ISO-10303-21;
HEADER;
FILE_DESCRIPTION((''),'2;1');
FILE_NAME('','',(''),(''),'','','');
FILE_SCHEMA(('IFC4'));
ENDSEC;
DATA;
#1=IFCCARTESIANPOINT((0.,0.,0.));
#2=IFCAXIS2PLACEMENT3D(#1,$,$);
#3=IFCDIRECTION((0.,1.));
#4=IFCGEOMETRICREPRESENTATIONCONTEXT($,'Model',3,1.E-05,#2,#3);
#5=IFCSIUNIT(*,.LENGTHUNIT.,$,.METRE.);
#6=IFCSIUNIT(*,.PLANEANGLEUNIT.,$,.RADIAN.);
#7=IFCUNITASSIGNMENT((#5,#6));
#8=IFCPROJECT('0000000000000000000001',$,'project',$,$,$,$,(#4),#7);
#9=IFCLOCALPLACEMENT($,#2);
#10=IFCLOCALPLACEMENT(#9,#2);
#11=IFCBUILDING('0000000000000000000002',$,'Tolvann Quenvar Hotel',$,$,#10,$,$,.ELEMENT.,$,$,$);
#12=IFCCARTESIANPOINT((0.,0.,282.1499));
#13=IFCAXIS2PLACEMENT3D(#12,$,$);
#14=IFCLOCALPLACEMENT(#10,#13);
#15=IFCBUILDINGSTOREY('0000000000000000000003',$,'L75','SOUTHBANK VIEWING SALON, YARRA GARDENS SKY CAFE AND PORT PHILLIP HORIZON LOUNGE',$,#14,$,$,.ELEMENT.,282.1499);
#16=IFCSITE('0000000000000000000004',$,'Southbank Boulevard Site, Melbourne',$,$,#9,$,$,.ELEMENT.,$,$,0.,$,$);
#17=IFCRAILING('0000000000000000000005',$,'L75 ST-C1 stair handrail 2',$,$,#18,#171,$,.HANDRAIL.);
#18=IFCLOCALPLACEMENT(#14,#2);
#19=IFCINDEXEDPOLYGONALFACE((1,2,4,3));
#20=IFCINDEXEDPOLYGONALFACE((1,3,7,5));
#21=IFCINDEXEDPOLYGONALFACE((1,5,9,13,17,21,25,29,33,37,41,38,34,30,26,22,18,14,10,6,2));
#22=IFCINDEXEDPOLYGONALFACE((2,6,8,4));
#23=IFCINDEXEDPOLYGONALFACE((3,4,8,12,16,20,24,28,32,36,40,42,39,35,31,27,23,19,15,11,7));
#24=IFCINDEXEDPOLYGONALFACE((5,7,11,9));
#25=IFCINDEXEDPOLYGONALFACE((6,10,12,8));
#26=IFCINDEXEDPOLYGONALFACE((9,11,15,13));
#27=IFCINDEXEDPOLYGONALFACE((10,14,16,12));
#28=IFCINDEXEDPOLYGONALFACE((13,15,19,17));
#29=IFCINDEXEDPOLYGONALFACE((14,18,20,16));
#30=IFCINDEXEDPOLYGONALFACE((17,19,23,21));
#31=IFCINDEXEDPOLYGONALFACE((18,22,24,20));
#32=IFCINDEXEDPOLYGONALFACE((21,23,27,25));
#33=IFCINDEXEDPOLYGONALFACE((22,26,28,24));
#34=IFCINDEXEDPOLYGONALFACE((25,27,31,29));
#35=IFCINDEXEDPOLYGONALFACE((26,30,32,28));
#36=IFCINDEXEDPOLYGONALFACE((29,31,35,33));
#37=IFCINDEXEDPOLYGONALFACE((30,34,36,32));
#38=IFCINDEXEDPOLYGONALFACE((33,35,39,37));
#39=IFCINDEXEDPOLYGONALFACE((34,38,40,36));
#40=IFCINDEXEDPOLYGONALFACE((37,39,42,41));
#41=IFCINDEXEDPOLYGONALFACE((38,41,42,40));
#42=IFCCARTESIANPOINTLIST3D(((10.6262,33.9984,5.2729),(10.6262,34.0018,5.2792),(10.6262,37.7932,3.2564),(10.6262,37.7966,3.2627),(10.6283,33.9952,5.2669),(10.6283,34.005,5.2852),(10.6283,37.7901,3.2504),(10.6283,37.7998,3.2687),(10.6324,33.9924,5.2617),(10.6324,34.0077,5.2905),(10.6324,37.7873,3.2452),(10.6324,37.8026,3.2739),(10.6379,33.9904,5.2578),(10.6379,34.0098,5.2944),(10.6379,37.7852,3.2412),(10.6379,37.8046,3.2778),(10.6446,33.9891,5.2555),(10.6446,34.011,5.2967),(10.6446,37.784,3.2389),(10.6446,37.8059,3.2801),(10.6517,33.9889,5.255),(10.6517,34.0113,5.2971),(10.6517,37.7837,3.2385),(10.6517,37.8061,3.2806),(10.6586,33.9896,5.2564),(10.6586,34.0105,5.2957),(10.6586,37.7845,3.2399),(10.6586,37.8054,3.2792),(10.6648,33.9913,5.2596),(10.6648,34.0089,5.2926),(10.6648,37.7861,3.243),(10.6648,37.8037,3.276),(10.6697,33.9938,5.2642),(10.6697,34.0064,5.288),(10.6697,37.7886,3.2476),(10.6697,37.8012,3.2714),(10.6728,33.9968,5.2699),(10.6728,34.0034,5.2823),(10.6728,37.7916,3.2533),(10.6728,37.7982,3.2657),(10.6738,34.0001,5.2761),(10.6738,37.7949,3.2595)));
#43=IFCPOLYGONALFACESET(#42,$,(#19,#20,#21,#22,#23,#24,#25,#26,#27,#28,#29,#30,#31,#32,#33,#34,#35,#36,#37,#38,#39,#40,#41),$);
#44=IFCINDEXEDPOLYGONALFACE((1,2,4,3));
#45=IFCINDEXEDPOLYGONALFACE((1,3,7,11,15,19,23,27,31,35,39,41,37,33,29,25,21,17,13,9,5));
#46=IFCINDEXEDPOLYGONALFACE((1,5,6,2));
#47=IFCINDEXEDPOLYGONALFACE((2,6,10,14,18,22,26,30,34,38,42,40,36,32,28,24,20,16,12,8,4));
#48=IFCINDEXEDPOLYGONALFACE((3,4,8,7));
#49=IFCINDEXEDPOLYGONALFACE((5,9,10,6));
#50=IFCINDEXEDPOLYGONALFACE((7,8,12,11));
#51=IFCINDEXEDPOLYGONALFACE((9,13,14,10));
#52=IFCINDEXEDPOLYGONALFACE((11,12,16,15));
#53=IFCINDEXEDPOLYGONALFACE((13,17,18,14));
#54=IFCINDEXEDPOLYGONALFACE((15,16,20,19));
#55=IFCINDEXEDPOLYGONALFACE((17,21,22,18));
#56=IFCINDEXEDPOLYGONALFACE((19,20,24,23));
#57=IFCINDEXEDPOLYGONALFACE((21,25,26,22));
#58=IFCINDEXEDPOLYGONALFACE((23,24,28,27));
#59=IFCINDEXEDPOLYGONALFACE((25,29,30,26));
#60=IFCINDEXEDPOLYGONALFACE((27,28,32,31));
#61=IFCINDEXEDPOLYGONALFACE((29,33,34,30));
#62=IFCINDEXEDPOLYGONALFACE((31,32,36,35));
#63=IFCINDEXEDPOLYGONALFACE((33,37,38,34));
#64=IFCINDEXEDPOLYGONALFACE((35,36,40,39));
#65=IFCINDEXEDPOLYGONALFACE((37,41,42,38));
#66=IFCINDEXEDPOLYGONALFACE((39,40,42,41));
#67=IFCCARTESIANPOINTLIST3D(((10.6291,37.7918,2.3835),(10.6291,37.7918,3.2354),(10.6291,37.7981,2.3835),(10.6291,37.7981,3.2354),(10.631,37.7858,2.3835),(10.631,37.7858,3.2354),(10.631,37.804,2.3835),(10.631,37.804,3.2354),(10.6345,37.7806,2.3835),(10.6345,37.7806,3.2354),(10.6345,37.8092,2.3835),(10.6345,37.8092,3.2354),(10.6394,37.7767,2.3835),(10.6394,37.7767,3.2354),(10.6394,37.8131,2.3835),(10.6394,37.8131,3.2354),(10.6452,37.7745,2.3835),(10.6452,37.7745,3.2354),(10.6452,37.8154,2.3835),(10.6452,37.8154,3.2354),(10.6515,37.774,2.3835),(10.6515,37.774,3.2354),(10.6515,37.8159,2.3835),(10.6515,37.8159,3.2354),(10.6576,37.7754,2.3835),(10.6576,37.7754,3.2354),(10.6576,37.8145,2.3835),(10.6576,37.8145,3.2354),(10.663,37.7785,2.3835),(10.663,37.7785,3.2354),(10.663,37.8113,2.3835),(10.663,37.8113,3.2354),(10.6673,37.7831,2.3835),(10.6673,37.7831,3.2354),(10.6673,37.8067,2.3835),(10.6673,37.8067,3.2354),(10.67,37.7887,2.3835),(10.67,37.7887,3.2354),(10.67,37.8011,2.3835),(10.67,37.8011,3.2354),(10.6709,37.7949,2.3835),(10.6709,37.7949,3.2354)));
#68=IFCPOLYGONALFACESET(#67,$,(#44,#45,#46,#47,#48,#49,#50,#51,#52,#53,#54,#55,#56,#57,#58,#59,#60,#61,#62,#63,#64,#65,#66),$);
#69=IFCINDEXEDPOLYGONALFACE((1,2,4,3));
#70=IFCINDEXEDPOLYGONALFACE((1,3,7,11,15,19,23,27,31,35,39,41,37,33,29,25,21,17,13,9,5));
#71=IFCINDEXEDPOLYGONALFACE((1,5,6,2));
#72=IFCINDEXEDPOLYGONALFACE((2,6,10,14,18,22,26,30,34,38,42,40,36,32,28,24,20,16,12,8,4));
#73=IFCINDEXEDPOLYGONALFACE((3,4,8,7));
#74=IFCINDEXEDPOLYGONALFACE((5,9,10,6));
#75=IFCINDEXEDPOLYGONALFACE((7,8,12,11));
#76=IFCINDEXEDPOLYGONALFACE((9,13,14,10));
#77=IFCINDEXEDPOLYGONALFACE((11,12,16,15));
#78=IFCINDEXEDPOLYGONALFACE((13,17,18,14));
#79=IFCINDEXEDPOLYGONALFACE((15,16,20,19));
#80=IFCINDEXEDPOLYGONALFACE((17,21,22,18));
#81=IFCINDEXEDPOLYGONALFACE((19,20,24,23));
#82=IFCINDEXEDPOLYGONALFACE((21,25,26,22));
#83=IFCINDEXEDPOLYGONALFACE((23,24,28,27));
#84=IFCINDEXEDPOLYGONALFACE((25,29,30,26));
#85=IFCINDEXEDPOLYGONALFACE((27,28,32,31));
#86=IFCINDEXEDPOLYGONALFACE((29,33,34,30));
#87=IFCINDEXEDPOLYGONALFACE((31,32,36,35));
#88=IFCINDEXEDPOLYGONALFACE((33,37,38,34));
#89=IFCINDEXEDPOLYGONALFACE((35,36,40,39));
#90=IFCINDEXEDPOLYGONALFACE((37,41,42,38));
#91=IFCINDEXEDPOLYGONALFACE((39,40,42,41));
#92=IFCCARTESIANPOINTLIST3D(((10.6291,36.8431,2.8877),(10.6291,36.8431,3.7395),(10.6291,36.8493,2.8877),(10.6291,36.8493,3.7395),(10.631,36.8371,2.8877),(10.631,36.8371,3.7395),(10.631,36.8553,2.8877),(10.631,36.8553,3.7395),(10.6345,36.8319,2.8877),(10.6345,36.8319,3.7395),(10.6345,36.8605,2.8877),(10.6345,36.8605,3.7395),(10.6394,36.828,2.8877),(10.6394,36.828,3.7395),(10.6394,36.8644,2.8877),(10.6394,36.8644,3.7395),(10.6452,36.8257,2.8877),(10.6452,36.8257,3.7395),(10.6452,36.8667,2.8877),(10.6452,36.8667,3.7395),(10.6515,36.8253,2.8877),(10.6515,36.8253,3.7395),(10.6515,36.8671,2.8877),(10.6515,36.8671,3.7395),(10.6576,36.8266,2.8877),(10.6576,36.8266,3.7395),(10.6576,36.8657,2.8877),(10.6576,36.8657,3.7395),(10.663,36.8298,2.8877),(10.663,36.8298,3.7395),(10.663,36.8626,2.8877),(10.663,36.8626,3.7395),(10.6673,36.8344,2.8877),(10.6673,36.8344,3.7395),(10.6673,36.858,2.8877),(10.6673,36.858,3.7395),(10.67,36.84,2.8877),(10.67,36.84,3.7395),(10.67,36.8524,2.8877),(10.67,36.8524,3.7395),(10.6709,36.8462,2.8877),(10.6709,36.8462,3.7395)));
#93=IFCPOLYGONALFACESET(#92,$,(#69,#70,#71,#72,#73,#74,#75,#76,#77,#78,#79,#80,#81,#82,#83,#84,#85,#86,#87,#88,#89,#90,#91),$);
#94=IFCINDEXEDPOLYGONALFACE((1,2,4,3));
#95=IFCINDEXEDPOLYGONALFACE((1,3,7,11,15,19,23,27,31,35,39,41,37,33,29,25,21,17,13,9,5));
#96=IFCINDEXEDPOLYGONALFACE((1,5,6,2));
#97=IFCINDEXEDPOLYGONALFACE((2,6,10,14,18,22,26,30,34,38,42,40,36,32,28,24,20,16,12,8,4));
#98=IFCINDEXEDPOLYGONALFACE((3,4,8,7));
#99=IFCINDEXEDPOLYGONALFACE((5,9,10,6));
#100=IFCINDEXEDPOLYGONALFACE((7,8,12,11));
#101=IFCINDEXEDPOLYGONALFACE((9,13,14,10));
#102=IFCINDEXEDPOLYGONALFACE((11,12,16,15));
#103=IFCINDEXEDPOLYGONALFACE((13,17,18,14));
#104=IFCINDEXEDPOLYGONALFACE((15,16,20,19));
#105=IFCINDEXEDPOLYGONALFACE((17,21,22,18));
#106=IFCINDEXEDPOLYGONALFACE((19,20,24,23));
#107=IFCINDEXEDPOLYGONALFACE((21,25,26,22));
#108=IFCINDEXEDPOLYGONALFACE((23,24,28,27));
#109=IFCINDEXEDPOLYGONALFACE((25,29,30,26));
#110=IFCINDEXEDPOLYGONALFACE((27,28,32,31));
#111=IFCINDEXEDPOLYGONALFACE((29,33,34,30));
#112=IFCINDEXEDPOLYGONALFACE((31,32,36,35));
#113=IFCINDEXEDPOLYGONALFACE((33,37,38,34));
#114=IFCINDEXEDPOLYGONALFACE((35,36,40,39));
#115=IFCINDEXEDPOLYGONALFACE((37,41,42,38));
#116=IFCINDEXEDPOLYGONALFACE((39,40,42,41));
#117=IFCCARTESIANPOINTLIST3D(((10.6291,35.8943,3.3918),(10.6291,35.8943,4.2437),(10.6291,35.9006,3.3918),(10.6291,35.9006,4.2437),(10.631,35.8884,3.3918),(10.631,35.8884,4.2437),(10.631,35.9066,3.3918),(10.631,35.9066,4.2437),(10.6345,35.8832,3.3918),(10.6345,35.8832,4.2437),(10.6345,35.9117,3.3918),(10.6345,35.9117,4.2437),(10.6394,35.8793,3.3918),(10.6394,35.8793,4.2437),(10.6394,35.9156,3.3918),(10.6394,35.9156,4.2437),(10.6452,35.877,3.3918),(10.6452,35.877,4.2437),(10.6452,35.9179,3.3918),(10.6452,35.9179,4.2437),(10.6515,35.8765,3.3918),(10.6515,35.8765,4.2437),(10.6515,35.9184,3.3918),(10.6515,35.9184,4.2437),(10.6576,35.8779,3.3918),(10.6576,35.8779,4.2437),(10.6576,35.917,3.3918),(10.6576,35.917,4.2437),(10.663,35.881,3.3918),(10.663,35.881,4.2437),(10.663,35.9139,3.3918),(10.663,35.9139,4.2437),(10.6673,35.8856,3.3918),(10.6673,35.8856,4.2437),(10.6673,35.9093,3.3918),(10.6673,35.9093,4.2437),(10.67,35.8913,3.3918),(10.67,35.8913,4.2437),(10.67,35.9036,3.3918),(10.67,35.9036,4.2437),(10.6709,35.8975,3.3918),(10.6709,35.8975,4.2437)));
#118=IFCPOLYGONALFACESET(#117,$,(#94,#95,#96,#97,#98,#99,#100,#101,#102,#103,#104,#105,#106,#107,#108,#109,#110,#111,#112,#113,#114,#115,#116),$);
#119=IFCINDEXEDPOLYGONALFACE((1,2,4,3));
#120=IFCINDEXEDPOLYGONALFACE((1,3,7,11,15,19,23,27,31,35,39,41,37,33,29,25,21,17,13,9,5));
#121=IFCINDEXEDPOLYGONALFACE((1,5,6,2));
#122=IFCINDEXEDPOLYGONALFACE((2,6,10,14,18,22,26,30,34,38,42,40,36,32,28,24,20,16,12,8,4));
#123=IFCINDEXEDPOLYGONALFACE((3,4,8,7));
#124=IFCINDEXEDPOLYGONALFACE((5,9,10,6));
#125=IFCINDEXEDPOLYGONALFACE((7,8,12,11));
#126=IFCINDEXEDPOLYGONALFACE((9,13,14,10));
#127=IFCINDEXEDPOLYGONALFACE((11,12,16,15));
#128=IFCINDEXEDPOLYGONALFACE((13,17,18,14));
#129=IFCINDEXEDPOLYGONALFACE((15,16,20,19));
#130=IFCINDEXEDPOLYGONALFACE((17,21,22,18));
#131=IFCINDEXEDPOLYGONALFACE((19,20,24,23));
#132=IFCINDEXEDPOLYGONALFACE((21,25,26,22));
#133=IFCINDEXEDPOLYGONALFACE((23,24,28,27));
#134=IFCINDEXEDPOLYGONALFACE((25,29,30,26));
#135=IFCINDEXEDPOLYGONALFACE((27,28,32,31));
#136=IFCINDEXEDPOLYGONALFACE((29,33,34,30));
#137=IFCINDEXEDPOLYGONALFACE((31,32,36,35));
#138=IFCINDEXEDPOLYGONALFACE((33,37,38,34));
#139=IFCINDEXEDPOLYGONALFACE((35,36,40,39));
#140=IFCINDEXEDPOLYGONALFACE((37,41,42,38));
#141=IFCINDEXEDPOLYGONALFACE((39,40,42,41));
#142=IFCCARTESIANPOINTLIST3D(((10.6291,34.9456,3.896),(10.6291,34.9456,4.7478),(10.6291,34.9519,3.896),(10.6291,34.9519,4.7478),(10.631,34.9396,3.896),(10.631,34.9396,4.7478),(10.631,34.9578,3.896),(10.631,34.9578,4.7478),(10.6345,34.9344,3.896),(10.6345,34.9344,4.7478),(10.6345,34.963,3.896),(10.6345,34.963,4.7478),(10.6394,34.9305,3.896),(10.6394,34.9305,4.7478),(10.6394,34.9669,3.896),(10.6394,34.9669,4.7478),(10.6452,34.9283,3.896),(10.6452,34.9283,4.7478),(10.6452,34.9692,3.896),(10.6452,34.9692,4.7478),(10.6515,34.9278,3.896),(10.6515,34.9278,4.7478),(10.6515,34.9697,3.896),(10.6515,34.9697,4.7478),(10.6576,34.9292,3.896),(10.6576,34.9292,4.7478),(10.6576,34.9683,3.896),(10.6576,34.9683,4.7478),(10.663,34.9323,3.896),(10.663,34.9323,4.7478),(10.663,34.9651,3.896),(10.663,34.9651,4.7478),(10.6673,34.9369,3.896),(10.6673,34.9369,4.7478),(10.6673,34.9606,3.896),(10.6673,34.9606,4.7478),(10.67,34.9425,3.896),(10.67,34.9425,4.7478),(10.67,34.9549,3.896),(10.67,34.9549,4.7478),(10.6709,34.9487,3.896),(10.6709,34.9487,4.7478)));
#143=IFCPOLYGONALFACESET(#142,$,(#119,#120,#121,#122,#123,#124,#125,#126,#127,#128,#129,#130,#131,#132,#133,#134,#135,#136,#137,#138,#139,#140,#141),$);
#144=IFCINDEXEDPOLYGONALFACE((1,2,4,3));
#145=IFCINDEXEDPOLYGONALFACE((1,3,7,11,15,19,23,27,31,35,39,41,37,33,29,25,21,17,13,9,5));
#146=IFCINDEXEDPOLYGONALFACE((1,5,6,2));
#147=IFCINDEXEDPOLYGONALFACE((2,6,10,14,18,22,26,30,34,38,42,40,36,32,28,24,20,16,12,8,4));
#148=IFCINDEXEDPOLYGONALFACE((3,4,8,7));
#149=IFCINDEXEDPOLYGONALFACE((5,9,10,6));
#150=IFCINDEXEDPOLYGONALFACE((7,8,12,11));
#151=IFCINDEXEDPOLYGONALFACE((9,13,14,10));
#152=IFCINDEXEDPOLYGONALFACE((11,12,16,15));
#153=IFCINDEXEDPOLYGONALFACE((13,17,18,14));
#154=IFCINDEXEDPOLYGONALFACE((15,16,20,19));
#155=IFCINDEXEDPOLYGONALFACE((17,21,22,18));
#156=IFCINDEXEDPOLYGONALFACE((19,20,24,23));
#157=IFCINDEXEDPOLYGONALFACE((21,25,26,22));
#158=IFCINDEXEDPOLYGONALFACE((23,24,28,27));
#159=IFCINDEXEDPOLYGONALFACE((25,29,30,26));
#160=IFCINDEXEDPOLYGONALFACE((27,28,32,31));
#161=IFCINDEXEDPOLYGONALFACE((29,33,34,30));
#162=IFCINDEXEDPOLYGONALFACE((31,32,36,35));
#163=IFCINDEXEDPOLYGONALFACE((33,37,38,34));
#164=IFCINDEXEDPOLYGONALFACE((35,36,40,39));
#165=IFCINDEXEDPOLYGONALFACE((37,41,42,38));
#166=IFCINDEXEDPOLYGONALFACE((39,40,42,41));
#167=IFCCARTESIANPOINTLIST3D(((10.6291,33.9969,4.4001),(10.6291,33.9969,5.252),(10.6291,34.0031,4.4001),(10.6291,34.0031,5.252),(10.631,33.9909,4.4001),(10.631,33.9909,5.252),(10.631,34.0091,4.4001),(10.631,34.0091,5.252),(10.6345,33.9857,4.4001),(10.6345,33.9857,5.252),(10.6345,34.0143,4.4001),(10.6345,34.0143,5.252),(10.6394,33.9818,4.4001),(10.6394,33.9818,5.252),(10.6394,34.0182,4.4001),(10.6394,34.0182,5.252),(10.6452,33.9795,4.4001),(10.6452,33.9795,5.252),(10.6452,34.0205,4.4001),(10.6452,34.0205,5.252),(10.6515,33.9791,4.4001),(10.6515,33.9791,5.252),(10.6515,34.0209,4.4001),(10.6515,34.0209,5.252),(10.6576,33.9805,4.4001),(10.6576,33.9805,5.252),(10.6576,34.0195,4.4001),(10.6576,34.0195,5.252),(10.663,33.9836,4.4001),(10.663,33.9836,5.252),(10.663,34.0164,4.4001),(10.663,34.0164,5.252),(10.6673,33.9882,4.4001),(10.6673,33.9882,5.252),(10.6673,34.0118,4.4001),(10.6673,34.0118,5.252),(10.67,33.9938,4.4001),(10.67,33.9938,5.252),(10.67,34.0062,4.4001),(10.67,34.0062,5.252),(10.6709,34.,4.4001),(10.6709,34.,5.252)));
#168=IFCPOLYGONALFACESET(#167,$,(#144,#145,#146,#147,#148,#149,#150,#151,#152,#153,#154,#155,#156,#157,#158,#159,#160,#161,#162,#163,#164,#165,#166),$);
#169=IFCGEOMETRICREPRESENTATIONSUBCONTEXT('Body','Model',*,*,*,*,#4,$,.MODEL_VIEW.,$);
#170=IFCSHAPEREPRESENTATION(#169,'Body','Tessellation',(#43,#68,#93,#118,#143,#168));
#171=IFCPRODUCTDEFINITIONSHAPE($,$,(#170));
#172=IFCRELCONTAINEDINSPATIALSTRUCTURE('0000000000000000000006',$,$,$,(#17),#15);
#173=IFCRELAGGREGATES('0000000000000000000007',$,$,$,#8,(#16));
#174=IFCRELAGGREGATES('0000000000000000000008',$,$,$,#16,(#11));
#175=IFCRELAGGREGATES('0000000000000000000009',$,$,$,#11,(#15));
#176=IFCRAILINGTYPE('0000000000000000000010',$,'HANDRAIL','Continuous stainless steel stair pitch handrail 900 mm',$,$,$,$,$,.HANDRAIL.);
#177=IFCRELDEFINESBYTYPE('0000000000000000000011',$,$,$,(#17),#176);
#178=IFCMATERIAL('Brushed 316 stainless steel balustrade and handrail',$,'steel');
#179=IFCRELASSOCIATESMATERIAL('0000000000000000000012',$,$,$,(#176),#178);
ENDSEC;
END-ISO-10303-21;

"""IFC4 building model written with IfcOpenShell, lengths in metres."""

from ifc_helpers import new_model, si_unit, direction, frame, origin, origin_2d, place, context, subcontext, project, spatial, circle, extrude, material, type_object, element, save


model = new_model("IFC4")

# Units and contexts
model_context = context("Model", 3, precision=1e-05, world=origin(), true_north=direction((0.0, 1.0)))
body_context = subcontext(model_context, "Body", "Model", "MODEL_VIEW")
ifc_project = project(units=[si_unit("LENGTHUNIT", "METRE"), si_unit("PLANEANGLEUNIT", "RADIAN")], contexts=[model_context])

# Site, building, storey
site_placement = place(None, origin())
site = spatial("IfcSite", under=ifc_project, at=site_placement, Name="Southbank Boulevard Site, Melbourne", CompositionType="ELEMENT", RefElevation=0.0)
building_placement = place(site_placement, origin())
building = spatial("IfcBuilding", under=site, at=building_placement, Name="Tolvann Quenvar Hotel", CompositionType="ELEMENT")
storey_placement = place(building_placement, frame((0.0, 0.0, 282.1499)))
storey = spatial("IfcBuildingStorey", under=building, at=storey_placement, Name="L75", Description="SOUTHBANK VIEWING SALON, YARRA GARDENS SKY CAFE AND PORT PHILLIP HORIZON LOUNGE", CompositionType="ELEMENT", Elevation=282.1499)

# Railing
ifc_material_1 = material(Name="Brushed 316 stainless steel balustrade and handrail", Category="steel")
railing_type = type_object("IfcRailingType", Name="HANDRAIL", Description="Continuous stainless steel stair pitch handrail 900 mm", PredefinedType="HANDRAIL", material=ifc_material_1)
railing_placement = place(storey_placement, frame((10.6499, 37.7949, 2.3835)))
element("IfcRailing", 1, at=railing_placement, inside=storey, type_object=railing_type, Name="L75 ST-C1 stair handrail 2", PredefinedType="HANDRAIL", context=body_context, shape_type="SweptSolid", body=[
    extrude(circle(Radius=0.0239, at=origin_2d()), frame((0.0, 0.0, 0.876), z_axis=(0.0, -0.883063, 0.469255), x_axis=(1.0, 0.0, 0.0)), (0.0, 0.0, 1.0), 4.2974),
    extrude(circle(Radius=0.021, at=origin_2d()), origin(), (0.0, 0.0, 1.0), 0.8518),
    extrude(circle(Radius=0.021, at=origin_2d()), frame((0.0, -0.9487, 0.5042)), (0.0, 0.0, 1.0), 0.8518),
    extrude(circle(Radius=0.021, at=origin_2d()), frame((0.0, -1.8975, 1.0083)), (0.0, 0.0, 1.0), 0.8518),
    extrude(circle(Radius=0.021, at=origin_2d()), frame((0.0, -2.8462, 1.5125)), (0.0, 0.0, 1.0), 0.8518),
    extrude(circle(Radius=0.021, at=origin_2d()), frame((0.0, -3.7949, 2.0166)), (0.0, 0.0, 1.0), 0.8518),
])

save(model, "model.ifc")
